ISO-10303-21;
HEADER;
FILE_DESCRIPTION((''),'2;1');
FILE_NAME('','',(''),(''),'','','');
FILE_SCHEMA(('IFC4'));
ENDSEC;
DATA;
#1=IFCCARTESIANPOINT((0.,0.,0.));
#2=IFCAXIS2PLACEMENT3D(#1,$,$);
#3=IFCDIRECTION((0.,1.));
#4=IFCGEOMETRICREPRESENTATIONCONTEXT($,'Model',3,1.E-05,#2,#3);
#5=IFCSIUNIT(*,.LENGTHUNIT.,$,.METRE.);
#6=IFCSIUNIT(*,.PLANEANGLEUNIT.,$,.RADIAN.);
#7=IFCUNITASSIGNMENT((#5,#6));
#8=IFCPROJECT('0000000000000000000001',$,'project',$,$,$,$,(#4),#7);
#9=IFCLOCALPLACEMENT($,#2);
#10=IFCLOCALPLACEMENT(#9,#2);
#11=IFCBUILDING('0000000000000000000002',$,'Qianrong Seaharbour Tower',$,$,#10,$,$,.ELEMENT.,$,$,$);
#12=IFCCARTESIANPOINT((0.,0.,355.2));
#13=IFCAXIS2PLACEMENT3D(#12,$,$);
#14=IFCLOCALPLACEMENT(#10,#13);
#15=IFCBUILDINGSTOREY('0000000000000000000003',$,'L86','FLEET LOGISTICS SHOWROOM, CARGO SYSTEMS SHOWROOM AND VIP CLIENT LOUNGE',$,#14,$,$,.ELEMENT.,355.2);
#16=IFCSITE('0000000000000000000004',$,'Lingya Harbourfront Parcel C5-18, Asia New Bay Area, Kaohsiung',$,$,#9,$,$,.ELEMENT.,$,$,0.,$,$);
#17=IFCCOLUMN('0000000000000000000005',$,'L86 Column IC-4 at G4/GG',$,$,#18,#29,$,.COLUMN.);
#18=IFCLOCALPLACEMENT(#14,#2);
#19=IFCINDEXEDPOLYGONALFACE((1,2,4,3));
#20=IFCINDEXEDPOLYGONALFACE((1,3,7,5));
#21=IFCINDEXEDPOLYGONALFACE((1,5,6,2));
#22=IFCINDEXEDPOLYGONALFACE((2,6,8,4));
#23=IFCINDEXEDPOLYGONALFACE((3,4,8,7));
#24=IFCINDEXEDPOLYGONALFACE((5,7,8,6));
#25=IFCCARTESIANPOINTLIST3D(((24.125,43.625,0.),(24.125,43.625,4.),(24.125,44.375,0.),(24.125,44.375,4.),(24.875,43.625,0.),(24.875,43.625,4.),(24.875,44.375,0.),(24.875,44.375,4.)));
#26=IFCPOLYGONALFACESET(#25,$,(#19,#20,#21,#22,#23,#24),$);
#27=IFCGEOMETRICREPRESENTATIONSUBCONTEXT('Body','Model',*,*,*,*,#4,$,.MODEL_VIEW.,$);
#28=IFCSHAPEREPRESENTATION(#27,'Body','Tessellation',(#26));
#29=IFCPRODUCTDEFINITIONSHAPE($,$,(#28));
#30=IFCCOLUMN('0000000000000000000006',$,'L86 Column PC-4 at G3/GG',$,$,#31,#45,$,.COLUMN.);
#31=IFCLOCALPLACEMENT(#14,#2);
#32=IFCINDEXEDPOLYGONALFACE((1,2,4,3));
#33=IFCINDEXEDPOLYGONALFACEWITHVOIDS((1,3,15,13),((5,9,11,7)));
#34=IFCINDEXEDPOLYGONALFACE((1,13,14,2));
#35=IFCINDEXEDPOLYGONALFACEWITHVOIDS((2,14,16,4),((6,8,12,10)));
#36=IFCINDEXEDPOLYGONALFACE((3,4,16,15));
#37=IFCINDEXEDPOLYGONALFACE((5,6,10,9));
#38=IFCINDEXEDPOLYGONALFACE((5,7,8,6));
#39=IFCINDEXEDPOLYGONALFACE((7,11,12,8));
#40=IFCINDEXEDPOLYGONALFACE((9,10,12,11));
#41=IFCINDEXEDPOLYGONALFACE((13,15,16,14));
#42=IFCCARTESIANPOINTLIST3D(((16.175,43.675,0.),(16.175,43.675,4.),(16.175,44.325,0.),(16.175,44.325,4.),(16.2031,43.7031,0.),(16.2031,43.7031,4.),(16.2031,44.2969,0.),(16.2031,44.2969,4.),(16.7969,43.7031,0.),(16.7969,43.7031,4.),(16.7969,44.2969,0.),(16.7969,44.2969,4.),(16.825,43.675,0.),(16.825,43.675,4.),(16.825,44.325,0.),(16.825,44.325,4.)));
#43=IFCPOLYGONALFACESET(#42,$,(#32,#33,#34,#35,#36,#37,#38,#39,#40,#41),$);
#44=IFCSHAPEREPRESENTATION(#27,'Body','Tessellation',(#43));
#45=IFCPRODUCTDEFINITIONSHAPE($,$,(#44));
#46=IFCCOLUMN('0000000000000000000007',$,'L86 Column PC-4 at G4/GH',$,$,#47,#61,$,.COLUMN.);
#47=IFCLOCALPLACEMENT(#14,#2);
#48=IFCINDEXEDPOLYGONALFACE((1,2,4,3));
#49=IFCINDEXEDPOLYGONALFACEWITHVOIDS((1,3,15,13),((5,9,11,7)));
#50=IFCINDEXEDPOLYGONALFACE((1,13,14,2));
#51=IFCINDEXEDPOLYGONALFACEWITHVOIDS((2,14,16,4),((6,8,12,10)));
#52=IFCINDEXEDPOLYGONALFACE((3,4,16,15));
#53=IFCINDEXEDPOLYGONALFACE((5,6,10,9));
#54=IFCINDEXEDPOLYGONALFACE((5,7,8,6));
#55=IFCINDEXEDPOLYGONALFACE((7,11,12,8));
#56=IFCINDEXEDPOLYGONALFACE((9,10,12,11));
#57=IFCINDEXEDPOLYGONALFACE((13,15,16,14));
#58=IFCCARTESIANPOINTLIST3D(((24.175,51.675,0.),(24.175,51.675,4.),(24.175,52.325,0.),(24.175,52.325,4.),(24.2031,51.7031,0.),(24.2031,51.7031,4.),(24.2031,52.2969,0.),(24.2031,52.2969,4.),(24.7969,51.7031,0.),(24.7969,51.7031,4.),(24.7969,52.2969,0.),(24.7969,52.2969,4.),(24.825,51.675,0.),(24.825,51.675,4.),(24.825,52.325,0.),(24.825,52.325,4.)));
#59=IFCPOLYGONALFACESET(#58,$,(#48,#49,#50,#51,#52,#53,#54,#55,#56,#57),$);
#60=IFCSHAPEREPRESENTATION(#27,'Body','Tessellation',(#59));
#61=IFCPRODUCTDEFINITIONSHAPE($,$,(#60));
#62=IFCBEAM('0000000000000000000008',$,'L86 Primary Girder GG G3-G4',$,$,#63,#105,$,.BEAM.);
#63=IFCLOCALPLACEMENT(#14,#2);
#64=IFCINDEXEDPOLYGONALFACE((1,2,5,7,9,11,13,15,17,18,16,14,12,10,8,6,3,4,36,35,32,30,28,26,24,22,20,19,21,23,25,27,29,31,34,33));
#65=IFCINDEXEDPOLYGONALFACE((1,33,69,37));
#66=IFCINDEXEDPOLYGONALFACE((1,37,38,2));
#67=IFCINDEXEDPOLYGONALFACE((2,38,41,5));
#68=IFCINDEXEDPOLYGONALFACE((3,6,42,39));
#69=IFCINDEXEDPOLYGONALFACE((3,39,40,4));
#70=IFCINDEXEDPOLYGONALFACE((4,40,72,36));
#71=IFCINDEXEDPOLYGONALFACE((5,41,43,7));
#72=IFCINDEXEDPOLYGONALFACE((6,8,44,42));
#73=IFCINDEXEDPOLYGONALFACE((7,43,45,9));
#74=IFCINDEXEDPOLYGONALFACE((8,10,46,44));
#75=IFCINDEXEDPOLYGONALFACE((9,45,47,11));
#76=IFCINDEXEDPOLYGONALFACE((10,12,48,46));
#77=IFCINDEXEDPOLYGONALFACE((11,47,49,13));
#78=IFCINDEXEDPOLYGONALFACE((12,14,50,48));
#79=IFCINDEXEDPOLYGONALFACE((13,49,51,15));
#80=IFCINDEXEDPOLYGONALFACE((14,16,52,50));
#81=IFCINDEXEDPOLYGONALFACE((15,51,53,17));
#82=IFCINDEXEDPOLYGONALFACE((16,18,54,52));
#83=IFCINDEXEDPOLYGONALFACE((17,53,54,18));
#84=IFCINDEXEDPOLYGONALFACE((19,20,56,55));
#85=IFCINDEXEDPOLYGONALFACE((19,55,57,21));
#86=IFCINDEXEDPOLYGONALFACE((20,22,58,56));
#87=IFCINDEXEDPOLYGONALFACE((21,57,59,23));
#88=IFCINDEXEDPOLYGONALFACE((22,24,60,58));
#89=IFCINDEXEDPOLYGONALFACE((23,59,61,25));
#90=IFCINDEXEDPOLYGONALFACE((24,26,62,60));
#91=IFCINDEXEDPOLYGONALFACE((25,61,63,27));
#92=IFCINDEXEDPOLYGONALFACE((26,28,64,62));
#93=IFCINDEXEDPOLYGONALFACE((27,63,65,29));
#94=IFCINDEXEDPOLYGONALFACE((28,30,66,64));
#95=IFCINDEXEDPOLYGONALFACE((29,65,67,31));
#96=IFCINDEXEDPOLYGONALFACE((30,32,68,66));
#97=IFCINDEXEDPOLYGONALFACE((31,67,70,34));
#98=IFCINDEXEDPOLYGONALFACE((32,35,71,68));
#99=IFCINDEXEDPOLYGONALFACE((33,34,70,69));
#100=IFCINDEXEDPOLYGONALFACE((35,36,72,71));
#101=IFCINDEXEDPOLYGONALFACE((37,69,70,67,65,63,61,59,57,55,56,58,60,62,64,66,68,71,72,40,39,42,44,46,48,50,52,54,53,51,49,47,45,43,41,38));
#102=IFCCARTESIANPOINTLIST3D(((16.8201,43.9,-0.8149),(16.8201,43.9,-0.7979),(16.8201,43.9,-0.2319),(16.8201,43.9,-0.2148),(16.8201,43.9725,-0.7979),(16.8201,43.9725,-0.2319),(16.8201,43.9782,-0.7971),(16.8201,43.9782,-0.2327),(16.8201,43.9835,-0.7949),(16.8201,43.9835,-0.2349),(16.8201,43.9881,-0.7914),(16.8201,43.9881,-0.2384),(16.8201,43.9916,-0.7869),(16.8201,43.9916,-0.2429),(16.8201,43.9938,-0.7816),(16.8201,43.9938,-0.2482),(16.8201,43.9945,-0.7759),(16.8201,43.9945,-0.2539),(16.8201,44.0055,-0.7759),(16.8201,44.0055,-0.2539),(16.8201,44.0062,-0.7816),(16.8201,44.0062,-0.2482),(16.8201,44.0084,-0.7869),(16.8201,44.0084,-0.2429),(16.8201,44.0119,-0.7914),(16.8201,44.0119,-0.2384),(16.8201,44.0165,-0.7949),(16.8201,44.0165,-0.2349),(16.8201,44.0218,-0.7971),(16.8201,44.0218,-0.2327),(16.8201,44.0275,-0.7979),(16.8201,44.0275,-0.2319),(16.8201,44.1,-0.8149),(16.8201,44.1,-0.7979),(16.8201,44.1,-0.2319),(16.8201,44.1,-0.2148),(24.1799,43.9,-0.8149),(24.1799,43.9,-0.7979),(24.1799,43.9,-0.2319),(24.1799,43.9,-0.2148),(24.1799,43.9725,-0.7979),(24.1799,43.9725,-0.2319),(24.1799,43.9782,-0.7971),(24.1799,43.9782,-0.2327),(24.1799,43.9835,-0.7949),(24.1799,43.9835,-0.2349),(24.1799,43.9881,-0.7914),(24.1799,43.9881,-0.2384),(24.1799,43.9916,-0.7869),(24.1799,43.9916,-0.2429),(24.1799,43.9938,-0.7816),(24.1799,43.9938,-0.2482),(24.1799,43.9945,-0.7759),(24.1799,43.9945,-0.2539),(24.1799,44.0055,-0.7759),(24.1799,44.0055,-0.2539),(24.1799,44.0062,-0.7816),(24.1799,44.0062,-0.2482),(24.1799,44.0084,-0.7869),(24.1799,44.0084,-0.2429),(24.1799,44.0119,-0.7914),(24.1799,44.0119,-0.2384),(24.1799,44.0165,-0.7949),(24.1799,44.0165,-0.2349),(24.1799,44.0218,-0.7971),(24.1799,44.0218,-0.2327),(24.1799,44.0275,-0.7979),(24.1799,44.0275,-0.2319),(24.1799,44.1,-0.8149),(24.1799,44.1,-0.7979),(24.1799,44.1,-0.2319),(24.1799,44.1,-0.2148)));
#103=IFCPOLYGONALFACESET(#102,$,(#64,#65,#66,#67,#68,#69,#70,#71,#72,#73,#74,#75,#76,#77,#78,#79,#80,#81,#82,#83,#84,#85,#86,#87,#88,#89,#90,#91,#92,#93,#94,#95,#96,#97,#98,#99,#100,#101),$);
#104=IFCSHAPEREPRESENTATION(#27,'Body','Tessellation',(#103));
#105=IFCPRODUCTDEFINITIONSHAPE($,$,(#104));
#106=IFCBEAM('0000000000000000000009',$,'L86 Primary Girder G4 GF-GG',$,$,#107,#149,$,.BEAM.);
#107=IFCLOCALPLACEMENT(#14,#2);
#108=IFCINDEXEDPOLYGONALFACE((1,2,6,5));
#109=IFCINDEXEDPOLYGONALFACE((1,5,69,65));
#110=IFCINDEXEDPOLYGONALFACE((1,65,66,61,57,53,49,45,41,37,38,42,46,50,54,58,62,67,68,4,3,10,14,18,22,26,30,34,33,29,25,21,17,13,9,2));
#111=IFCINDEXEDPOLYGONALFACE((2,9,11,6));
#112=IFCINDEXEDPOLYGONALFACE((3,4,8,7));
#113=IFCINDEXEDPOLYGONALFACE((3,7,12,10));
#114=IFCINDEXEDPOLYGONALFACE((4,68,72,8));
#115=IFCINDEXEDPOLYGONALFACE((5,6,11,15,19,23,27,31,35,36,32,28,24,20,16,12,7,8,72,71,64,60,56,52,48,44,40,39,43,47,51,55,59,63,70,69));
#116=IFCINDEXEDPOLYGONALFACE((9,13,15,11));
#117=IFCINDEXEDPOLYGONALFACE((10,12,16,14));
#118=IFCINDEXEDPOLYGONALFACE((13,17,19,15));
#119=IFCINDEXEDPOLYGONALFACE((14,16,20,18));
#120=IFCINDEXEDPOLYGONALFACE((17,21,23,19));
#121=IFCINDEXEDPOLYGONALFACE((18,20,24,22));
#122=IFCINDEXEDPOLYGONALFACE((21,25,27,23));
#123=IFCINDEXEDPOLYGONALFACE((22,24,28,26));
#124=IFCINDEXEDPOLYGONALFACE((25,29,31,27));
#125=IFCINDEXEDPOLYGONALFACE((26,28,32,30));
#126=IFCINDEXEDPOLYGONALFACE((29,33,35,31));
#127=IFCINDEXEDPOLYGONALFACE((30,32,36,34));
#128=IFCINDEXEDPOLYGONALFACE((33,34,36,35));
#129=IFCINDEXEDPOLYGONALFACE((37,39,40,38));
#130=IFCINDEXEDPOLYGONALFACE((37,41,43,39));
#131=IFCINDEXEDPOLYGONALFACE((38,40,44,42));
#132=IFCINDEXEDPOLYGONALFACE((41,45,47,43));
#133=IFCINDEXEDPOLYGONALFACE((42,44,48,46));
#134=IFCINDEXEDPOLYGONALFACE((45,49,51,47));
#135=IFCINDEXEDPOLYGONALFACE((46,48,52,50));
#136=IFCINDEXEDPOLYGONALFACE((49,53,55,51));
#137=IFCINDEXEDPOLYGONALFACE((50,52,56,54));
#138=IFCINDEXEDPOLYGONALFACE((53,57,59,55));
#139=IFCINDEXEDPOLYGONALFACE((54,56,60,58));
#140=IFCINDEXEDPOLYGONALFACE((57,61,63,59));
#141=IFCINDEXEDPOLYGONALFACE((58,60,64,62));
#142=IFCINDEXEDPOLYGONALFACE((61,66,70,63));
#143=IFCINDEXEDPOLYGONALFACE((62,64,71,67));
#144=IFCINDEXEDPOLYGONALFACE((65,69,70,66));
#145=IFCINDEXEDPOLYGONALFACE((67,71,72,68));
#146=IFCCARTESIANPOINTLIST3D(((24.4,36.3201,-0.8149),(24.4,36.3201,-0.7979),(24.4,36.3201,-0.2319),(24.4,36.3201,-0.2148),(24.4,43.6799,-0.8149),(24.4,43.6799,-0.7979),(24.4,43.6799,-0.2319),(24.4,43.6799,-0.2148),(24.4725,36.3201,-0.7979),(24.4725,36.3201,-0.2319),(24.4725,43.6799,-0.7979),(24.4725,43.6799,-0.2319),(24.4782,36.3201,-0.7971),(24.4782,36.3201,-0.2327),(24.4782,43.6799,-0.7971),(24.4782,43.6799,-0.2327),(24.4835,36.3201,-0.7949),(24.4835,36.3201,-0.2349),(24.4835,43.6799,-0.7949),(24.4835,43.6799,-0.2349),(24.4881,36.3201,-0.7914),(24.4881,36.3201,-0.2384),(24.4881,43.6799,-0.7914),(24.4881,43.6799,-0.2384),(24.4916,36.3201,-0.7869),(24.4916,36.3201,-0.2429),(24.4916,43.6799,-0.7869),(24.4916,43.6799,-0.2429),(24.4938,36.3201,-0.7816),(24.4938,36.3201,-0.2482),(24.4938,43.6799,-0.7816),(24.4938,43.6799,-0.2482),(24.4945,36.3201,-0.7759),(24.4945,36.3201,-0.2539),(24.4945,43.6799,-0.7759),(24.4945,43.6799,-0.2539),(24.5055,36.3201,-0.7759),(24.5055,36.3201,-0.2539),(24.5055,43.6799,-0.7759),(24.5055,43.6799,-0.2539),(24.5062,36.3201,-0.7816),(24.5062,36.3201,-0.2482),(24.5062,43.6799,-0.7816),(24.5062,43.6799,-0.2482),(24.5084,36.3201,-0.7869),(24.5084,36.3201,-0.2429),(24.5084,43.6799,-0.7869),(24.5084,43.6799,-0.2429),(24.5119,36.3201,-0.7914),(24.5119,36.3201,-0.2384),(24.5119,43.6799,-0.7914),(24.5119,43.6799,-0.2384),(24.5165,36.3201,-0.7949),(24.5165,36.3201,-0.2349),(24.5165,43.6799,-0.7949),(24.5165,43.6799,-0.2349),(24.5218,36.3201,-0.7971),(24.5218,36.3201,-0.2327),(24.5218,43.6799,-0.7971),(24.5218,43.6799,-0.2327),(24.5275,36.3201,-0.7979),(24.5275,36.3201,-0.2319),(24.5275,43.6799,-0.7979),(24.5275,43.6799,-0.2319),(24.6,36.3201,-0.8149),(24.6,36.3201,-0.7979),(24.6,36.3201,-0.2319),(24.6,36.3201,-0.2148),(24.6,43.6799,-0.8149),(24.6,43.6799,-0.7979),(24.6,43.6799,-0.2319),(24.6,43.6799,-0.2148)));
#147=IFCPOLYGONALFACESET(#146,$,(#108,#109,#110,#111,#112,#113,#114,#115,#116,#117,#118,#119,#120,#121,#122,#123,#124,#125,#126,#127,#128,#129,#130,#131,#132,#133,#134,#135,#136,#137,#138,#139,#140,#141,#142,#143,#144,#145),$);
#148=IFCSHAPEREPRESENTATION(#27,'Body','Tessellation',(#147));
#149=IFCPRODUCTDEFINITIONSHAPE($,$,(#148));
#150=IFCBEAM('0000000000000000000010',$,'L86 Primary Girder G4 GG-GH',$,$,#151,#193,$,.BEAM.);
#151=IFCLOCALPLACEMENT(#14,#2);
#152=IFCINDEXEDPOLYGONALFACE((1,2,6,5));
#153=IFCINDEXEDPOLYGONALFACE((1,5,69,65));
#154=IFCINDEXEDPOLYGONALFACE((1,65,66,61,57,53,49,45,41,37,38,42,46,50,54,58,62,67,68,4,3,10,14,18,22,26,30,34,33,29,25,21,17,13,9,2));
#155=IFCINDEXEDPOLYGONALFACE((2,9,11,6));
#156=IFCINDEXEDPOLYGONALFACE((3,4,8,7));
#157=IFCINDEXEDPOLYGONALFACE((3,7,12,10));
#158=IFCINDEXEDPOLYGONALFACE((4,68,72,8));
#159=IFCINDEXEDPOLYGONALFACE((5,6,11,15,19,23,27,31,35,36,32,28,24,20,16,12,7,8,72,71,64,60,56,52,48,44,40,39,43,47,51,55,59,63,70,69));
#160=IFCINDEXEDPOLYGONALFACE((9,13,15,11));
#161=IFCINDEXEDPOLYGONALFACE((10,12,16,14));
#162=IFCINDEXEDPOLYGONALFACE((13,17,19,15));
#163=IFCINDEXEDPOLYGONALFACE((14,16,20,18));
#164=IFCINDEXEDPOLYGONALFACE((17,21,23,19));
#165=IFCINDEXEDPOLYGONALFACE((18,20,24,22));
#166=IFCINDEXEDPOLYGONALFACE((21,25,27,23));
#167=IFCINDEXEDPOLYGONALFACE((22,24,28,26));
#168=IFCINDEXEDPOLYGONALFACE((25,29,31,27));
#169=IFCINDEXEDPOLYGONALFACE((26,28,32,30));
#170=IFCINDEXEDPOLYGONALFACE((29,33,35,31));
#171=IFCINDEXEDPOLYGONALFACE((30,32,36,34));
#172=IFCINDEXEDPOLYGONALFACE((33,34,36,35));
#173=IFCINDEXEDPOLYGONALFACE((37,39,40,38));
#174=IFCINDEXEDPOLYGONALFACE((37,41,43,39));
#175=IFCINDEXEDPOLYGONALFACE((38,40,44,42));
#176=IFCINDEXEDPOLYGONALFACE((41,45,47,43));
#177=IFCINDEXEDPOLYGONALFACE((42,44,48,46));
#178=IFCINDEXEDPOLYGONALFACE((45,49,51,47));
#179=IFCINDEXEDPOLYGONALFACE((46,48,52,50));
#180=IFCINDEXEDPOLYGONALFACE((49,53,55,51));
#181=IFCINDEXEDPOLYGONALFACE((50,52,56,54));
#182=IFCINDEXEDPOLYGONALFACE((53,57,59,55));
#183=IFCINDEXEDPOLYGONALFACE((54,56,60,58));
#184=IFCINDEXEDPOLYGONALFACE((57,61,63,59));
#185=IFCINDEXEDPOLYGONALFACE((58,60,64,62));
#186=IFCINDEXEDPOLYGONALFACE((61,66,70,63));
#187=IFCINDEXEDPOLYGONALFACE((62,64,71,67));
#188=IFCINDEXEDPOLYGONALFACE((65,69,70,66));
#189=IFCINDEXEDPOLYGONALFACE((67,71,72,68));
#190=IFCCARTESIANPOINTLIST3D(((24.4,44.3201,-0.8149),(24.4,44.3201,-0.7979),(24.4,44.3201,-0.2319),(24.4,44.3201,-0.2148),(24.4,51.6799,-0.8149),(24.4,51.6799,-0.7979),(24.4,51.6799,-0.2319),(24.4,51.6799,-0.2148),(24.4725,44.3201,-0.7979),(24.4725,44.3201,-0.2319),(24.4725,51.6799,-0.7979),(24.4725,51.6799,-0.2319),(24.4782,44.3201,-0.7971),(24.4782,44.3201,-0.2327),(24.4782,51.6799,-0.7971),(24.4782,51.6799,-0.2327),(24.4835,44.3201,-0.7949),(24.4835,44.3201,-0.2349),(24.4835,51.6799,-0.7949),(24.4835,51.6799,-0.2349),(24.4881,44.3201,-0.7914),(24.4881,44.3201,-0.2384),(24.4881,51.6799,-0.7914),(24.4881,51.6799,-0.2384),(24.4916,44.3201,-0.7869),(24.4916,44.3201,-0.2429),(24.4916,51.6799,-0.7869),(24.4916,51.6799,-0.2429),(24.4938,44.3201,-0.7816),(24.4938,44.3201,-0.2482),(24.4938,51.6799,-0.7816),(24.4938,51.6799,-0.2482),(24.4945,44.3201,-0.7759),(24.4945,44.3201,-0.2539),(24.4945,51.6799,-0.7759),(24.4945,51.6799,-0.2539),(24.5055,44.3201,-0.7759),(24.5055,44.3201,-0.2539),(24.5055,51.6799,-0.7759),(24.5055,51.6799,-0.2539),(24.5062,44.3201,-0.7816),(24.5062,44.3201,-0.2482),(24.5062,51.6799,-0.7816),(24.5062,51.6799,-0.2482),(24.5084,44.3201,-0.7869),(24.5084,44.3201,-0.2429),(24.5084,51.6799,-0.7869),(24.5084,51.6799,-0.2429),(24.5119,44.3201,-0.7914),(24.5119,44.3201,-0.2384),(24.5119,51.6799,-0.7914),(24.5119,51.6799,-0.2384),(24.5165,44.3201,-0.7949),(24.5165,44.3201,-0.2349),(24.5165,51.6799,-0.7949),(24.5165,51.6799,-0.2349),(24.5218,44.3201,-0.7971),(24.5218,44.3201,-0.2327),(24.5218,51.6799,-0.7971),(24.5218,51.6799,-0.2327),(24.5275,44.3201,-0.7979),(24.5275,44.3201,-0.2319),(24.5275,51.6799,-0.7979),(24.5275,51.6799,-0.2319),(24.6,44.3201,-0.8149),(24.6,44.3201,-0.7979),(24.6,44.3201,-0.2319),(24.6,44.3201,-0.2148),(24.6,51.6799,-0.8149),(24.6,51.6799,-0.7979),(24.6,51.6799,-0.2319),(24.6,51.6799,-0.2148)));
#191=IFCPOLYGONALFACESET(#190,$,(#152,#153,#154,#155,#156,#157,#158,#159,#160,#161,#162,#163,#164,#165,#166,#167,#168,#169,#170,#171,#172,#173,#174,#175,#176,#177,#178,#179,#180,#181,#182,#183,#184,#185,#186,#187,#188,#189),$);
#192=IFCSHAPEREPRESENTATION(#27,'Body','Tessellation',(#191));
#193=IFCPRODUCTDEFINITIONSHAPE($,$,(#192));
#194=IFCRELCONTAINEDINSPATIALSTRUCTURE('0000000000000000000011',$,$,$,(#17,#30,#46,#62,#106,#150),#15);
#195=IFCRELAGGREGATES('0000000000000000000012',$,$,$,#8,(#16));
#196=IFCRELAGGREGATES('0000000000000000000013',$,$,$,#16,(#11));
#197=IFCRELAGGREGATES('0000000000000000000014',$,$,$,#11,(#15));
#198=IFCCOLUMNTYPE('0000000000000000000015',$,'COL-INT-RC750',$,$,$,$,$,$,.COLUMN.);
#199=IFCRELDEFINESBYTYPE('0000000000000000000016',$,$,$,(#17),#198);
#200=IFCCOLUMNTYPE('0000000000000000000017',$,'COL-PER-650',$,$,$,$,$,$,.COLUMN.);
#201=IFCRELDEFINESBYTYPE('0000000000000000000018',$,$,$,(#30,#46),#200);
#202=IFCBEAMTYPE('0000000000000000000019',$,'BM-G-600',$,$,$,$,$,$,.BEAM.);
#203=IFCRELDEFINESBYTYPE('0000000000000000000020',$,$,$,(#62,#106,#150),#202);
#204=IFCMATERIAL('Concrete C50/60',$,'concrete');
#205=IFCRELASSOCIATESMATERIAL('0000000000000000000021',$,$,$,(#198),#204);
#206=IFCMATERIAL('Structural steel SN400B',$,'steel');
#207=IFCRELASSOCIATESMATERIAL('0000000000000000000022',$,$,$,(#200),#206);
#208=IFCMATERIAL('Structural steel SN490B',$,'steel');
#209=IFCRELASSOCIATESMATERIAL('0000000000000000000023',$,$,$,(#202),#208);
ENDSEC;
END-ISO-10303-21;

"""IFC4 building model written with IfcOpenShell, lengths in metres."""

from ifc_helpers import new_model, si_unit, direction, frame, origin, origin_2d, place, context, subcontext, project, spatial, rectangle, hollow_rectangle, i_section, extrude, material, material_profile, profile_set, type_object, element, save


model = new_model("IFC4")

# Units and contexts
model_context = context("Model", 3, precision=1e-05, world=origin(), true_north=direction((0.0, 1.0)))
body_context = subcontext(model_context, "Body", "Model", "MODEL_VIEW")
ifc_project = project(units=[si_unit("LENGTHUNIT", "METRE"), si_unit("PLANEANGLEUNIT", "RADIAN")], contexts=[model_context])

# Site, building, storey
site_placement = place(None, origin())
site = spatial("IfcSite", under=ifc_project, at=site_placement, Name="Lingya Harbourfront Parcel C5-18, Asia New Bay Area, Kaohsiung", CompositionType="ELEMENT", RefElevation=0.0)
building_placement = place(site_placement, origin())
building = spatial("IfcBuilding", under=site, at=building_placement, Name="Qianrong Seaharbour Tower", CompositionType="ELEMENT")
storey_placement = place(building_placement, frame((0.0, 0.0, 355.2)))
storey = spatial("IfcBuildingStorey", under=building, at=storey_placement, Name="L86", Description="FLEET LOGISTICS SHOWROOM, CARGO SYSTEMS SHOWROOM AND VIP CLIENT LOUNGE", CompositionType="ELEMENT", Elevation=355.2)

# Columns
ifc_material_1 = material(Name="Concrete C50/60", Category="concrete")
ifc_material_profile_1 = material_profile(ifc_material_1, rectangle(XDim=0.75, YDim=0.75, at=origin_2d()), Name="RC750x750")
ifc_profile_set_1 = profile_set([ifc_material_profile_1], Name="Concrete C50/60")
column_type_1 = type_object("IfcColumnType", Name="COL-INT-RC750", PredefinedType="COLUMN", material=ifc_profile_set_1)
column_placement = place(storey_placement, frame((24.5, 44.0, 0.0), z_axis=(0.0, 0.0, 1.0), x_axis=(1.0, 0.0, 0.0)))
element("IfcColumn", 1, at=column_placement, inside=storey, type_object=column_type_1, Name="L86 Column IC-4 at G4/GG", PredefinedType="COLUMN", context=body_context, shape_type="SweptSolid", body=[
    extrude(rectangle(XDim=0.75, YDim=0.75, at=origin_2d()), origin(), (0.0, 0.0, 1.0), 4.0),
])
ifc_material_2 = material(Name="Structural steel SN400B", Category="steel")
ifc_material_profile_2 = material_profile(ifc_material_2, hollow_rectangle(XDim=0.6499, YDim=0.6499, WallThickness=0.0281, at=origin_2d()), Name="BOX650x650x28")
ifc_profile_set_2 = profile_set([ifc_material_profile_2], Name="Structural steel SN400B")
column_type_2 = type_object("IfcColumnType", Name="COL-PER-650", PredefinedType="COLUMN", material=ifc_profile_set_2)
for number, where, z_axis, x_axis, name in (
    (2, (16.5, 44.0, 0.0), (0.0, 0.0, 1.0), (1.0, 0.0, 0.0), "L86 Column PC-4 at G3/GG"),
    (3, (24.5, 52.0, 0.0), (0.0, 0.0, 1.0), (1.0, 0.0, 0.0), "L86 Column PC-4 at G4/GH"),
):
    element("IfcColumn", number, at=place(storey_placement, frame(where, z_axis=z_axis, x_axis=x_axis)), inside=storey, type_object=column_type_2, Name=name, PredefinedType="COLUMN", context=body_context, shape_type="SweptSolid", body=[
        extrude(hollow_rectangle(XDim=0.6499, YDim=0.6499, WallThickness=0.0281, at=origin_2d()), origin(), (0.0, 0.0, 1.0), 4.0),
    ])

# Beams
ifc_material_3 = material(Name="Structural steel SN490B", Category="steel")
ifc_material_profile_3 = material_profile(ifc_material_3, i_section(OverallWidth=0.2, OverallDepth=0.6001, WebThickness=0.011, FlangeThickness=0.0171, FilletRadius=0.022, at=origin_2d()), Name="H600x200x11x17")
ifc_profile_set_3 = profile_set([ifc_material_profile_3], Name="Structural steel SN490B")
beam_type_1 = type_object("IfcBeamType", Name="BM-G-600", PredefinedType="BEAM", material=ifc_profile_set_3)
for number, where, z_axis, x_axis, name in (
    (4, (16.8201, 44.0, -0.5149), (1.0, 0.0, 0.0), (0.0, 1.0, 0.0), "L86 Primary Girder GG G3-G4"),
    (5, (24.5, 36.3201, -0.5149), (0.0, 1.0, 0.0), (-1.0, 0.0, 0.0), "L86 Primary Girder G4 GF-GG"),
    (6, (24.5, 44.3201, -0.5149), (0.0, 1.0, 0.0), (-1.0, 0.0, 0.0), "L86 Primary Girder G4 GG-GH"),
):
    element("IfcBeam", number, at=place(storey_placement, frame(where, z_axis=z_axis, x_axis=x_axis)), inside=storey, type_object=beam_type_1, Name=name, PredefinedType="BEAM", context=body_context, shape_type="SweptSolid", body=[
        extrude(i_section(OverallWidth=0.2, OverallDepth=0.6001, WebThickness=0.011, FlangeThickness=0.0171, FilletRadius=0.022, at=origin_2d()), origin(), (0.0, 0.0, 1.0), 7.3599),
    ])

save(model, "model.ifc")
